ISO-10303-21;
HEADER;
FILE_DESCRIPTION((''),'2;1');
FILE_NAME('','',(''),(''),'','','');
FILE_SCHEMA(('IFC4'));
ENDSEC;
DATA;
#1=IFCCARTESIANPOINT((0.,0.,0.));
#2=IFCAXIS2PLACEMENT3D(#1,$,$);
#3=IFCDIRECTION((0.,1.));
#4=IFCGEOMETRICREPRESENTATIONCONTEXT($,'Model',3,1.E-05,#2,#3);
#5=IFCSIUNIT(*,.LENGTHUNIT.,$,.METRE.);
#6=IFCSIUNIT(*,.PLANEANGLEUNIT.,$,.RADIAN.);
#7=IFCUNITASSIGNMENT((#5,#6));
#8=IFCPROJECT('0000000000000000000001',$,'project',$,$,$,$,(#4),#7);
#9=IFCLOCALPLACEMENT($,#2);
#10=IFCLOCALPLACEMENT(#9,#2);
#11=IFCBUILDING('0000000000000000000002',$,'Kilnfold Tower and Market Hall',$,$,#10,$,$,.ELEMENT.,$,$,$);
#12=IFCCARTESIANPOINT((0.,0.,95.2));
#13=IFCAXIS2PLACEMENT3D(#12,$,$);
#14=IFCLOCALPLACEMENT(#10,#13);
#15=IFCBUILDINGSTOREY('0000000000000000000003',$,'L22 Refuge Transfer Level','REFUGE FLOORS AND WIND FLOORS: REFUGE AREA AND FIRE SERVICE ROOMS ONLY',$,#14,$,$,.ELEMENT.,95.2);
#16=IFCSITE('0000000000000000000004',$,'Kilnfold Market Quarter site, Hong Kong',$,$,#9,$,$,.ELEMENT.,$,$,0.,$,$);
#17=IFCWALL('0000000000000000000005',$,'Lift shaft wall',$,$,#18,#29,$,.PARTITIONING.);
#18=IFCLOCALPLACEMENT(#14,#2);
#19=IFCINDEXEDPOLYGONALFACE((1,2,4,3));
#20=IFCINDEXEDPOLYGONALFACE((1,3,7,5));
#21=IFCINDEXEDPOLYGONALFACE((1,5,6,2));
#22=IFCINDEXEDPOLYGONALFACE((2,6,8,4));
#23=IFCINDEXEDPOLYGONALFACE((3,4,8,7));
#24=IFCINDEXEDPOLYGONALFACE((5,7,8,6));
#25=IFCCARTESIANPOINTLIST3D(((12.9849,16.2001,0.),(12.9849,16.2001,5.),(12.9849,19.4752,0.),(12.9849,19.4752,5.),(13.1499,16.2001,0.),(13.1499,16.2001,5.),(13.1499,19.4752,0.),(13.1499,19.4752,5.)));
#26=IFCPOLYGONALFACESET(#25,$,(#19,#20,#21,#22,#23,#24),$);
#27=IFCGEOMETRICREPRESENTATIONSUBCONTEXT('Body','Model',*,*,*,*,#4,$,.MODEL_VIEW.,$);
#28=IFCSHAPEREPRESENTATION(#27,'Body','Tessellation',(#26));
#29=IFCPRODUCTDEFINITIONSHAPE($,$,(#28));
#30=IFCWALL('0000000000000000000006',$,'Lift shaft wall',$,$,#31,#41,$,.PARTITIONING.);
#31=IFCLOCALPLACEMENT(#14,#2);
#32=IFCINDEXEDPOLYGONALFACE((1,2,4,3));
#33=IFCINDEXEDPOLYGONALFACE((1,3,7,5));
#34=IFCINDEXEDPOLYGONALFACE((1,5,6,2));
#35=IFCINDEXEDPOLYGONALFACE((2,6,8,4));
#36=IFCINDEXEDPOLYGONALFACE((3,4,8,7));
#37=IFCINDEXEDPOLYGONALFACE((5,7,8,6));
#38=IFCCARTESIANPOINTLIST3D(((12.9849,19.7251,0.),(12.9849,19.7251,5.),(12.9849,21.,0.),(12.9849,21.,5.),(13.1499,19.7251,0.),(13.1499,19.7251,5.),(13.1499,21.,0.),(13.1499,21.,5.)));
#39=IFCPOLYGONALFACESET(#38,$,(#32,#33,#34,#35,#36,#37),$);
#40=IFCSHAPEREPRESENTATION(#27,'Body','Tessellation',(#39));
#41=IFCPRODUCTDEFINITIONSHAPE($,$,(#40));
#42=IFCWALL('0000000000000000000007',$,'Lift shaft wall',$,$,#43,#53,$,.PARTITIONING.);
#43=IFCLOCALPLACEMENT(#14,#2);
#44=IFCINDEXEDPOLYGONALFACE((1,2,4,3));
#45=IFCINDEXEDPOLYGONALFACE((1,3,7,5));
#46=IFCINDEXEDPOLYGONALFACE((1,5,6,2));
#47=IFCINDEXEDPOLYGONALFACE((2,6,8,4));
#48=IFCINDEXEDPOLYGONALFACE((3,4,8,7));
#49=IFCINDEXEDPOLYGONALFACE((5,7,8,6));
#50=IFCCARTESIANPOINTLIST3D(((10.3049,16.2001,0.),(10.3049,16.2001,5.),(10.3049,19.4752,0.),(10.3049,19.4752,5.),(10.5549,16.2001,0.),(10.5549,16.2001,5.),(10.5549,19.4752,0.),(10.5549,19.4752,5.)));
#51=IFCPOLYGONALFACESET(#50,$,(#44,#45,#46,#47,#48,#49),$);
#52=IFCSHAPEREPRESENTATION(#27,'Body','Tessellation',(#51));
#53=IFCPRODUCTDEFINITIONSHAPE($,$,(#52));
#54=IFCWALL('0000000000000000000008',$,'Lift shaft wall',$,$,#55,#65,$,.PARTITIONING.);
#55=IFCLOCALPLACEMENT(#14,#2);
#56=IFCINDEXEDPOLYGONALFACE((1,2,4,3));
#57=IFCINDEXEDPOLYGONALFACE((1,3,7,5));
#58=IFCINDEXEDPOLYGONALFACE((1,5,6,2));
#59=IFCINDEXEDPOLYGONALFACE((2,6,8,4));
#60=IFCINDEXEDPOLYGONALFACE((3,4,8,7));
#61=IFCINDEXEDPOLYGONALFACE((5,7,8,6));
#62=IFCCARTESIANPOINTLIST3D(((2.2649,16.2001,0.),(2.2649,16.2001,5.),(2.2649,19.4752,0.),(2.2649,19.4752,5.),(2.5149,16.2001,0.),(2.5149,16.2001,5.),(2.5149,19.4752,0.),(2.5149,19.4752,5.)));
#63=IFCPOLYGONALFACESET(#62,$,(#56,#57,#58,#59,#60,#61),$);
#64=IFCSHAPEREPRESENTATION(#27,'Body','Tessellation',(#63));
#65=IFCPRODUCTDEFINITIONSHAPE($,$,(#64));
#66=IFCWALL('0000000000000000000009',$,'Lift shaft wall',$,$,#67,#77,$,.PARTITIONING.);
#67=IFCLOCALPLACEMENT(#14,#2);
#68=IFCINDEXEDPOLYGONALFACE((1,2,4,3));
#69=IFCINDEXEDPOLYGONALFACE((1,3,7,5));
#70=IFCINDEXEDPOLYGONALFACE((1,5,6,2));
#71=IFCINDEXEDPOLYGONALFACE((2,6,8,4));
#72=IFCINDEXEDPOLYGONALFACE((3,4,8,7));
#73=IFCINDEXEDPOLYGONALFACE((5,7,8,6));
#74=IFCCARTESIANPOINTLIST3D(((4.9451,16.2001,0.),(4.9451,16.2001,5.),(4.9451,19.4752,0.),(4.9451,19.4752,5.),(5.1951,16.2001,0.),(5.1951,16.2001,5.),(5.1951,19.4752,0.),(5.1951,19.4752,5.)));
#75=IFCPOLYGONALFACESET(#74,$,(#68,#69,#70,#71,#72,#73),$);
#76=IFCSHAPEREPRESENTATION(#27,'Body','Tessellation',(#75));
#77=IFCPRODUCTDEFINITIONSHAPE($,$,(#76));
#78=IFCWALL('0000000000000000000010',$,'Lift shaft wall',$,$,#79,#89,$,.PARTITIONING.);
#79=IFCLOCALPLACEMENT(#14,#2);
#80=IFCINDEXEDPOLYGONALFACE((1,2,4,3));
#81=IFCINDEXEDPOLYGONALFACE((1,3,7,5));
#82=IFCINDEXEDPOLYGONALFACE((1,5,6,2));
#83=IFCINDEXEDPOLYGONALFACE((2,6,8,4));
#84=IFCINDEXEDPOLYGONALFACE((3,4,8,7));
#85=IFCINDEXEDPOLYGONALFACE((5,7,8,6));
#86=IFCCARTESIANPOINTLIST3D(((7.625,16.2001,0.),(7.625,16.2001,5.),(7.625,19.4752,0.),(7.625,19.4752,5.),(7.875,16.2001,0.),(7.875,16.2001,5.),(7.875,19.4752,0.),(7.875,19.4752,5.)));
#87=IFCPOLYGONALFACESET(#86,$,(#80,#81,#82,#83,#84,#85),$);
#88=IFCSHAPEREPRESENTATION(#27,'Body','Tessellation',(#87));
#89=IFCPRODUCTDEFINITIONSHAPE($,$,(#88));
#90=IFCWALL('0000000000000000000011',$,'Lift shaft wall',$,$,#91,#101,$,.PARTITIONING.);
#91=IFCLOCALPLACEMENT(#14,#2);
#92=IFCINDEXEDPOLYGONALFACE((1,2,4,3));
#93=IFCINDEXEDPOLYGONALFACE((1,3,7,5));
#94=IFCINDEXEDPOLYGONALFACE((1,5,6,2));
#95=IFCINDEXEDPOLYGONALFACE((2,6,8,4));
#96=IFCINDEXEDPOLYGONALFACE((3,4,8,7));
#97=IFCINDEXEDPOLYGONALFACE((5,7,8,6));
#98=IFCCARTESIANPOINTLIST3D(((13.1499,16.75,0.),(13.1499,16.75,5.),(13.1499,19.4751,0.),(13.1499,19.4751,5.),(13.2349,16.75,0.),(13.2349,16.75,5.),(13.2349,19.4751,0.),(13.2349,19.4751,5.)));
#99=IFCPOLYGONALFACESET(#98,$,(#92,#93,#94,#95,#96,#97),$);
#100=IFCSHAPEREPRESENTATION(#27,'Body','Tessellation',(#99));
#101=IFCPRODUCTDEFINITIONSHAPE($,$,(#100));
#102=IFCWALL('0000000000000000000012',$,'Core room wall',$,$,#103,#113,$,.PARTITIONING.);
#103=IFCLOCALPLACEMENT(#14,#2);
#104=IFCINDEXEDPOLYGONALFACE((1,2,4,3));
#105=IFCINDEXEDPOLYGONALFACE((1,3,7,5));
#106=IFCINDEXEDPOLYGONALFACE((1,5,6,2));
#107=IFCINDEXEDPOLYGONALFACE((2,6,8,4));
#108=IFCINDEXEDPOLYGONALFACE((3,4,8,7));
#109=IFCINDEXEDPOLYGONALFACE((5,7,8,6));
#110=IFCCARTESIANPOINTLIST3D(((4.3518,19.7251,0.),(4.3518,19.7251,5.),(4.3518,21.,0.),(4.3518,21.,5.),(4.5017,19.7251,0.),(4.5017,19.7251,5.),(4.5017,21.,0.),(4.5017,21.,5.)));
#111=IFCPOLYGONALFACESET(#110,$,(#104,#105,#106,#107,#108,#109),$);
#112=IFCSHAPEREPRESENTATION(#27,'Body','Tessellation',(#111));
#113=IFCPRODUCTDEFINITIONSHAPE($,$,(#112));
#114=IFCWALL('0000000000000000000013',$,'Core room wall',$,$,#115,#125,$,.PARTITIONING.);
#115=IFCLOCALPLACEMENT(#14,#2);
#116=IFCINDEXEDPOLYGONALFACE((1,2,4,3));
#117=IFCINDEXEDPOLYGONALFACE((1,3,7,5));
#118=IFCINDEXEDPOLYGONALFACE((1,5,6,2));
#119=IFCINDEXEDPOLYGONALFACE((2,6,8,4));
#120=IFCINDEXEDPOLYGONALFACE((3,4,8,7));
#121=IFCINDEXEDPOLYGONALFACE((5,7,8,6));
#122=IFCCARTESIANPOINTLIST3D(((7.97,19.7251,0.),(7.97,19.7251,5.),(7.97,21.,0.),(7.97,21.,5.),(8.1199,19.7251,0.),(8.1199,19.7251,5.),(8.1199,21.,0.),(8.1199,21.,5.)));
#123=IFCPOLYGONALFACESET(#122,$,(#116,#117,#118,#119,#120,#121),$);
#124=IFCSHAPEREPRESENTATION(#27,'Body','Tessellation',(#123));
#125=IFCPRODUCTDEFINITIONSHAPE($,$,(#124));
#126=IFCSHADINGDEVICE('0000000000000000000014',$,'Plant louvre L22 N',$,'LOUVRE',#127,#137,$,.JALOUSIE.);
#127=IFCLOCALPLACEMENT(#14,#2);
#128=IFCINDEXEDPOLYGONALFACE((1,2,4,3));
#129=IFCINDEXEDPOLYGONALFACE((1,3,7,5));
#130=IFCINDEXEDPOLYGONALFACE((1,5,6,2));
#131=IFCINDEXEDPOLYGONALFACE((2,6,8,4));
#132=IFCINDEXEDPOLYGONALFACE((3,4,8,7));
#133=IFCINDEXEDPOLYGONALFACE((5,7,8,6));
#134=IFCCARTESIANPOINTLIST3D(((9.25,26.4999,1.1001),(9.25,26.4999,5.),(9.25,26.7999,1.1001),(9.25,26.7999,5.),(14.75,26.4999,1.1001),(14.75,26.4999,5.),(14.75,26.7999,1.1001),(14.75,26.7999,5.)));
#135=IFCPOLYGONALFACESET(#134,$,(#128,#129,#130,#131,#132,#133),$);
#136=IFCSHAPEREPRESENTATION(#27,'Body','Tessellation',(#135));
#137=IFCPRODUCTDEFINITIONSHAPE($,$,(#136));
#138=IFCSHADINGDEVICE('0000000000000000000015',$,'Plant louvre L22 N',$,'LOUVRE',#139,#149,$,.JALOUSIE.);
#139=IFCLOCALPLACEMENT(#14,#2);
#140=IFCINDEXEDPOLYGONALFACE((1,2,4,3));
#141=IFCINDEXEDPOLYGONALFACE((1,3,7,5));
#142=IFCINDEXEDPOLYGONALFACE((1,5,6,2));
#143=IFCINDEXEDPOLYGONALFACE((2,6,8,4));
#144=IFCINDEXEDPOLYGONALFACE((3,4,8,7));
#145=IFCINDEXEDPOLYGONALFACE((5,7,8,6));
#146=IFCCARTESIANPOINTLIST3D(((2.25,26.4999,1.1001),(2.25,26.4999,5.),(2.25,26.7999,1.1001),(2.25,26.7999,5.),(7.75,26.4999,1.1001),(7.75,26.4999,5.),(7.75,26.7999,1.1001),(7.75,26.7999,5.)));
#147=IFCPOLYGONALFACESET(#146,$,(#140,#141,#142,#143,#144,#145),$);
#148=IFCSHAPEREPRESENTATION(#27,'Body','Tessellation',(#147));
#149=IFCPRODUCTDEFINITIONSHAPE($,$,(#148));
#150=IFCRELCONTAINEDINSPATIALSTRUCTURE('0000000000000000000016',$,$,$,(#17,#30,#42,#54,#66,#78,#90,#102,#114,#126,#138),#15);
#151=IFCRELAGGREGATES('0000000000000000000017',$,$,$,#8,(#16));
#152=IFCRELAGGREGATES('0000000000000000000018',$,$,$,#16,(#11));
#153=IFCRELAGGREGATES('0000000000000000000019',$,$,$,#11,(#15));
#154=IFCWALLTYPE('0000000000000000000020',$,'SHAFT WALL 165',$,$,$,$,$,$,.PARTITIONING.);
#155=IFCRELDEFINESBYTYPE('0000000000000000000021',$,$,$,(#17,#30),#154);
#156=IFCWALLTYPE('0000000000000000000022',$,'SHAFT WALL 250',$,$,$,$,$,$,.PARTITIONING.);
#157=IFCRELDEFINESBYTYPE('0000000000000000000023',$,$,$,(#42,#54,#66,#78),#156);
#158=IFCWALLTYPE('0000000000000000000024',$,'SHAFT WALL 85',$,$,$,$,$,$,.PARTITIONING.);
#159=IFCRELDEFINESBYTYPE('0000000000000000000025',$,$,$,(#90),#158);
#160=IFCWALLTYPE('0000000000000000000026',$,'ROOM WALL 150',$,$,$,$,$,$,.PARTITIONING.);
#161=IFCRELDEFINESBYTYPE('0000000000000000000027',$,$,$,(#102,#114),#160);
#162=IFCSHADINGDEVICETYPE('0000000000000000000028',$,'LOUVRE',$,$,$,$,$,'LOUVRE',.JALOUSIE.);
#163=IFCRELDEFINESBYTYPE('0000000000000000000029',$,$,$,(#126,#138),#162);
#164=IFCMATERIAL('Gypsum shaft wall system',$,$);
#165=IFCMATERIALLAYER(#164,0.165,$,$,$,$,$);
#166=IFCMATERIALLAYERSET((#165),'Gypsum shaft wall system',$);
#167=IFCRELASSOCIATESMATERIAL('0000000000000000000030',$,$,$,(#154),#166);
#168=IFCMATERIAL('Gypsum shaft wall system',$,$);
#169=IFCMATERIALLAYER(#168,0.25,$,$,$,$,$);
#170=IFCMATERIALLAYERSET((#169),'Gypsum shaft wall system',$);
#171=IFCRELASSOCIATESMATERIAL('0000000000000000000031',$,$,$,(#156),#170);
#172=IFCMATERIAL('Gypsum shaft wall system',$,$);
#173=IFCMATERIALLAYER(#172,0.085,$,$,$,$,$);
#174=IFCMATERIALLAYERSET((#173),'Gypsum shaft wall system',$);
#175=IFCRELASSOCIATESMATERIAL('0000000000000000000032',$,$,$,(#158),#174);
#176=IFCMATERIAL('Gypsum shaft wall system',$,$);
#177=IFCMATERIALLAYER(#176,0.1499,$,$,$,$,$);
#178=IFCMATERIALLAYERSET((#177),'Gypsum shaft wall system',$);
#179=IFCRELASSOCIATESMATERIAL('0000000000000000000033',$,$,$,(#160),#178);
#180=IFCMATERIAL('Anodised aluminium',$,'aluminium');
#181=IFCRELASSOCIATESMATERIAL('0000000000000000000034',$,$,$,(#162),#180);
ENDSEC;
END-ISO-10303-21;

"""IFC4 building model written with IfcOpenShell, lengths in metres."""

from ifc_helpers import new_model, si_unit, direction, frame, frame_2d, origin, origin_2d, place, context, subcontext, project, spatial, rectangle, extrude, source, transform, mapped, material, layer, layer_set, type_object, element, save


model = new_model("IFC4")

# Units and contexts
model_context = context("Model", 3, precision=1e-05, world=origin(), true_north=direction((0.0, 1.0)))
body_context = subcontext(model_context, "Body", "Model", "MODEL_VIEW")
ifc_project = project(units=[si_unit("LENGTHUNIT", "METRE"), si_unit("PLANEANGLEUNIT", "RADIAN")], contexts=[model_context])

# Site, building, storey
site_placement = place(None, origin())
site = spatial("IfcSite", under=ifc_project, at=site_placement, Name="Kilnfold Market Quarter site, Hong Kong", CompositionType="ELEMENT", RefElevation=0.0)
building_placement = place(site_placement, origin())
building = spatial("IfcBuilding", under=site, at=building_placement, Name="Kilnfold Tower and Market Hall", CompositionType="ELEMENT")
storey_placement = place(building_placement, frame((0.0, 0.0, 95.2)))
storey = spatial("IfcBuildingStorey", under=building, at=storey_placement, Name="L22 Refuge Transfer Level", Description="REFUGE FLOORS AND WIND FLOORS: REFUGE AREA AND FIRE SERVICE ROOMS ONLY", CompositionType="ELEMENT", Elevation=95.2)

# Walls
ifc_material_1 = material(Name="Gypsum shaft wall system")
ifc_layer_1 = layer(ifc_material_1, 0.165)
ifc_layer_set_1 = layer_set([ifc_layer_1], Name="Gypsum shaft wall system")
wall_type_1 = type_object("IfcWallType", Name="SHAFT WALL 165", PredefinedType="PARTITIONING", material=ifc_layer_set_1)
shared_shape_1 = source(origin(), body_context, "Body", "SweptSolid", [
    extrude(rectangle(XDim=3.2751, YDim=0.165, at=frame_2d((1.6377, 0.0))), origin(), (0.0, 0.0, 1.0), 5.0),
])
wall_1_placement = place(storey_placement, frame((13.0674, 16.2, 0.0), z_axis=(0.0, 0.0, 1.0), x_axis=(0.0, 1.0, 0.0)))
element("IfcWall", 1, at=wall_1_placement, inside=storey, type_object=wall_type_1, Name="Lift shaft wall", PredefinedType="PARTITIONING", context=body_context, shape_type="MappedRepresentation", body=[
    mapped(shared_shape_1, transform((0.0, 0.0, 0.0))),
])
shared_shape_2 = source(origin(), body_context, "Body", "SweptSolid", [
    extrude(rectangle(XDim=1.2749, YDim=0.165, at=frame_2d((0.6375, 0.0))), origin(), (0.0, 0.0, 1.0), 5.0),
])
wall_2_placement = place(storey_placement, frame((13.0674, 19.7251, 0.0), z_axis=(0.0, 0.0, 1.0), x_axis=(0.0, 1.0, 0.0)))
element("IfcWall", 2, at=wall_2_placement, inside=storey, type_object=wall_type_1, Name="Lift shaft wall", PredefinedType="PARTITIONING", context=body_context, shape_type="MappedRepresentation", body=[
    mapped(shared_shape_2, transform((0.0, 0.0, 0.0))),
])
ifc_material_2 = material(Name="Gypsum shaft wall system")
ifc_layer_2 = layer(ifc_material_2, 0.25)
ifc_layer_set_2 = layer_set([ifc_layer_2], Name="Gypsum shaft wall system")
wall_type_2 = type_object("IfcWallType", Name="SHAFT WALL 250", PredefinedType="PARTITIONING", material=ifc_layer_set_2)
shared_shape_3 = source(origin(), body_context, "Body", "SweptSolid", [
    extrude(rectangle(XDim=3.2751, YDim=0.25, at=frame_2d((1.6377, 0.0))), origin(), (0.0, 0.0, 1.0), 5.0),
])
for number, where, z_axis, x_axis, name in (
    (3, (10.4299, 16.2, 0.0), (0.0, 0.0, 1.0), (0.0, 1.0, 0.0), "Lift shaft wall"),
    (4, (2.3899, 16.2, 0.0), (0.0, 0.0, 1.0), (0.0, 1.0, 0.0), "Lift shaft wall"),
    (5, (5.0701, 16.2, 0.0), (0.0, 0.0, 1.0), (0.0, 1.0, 0.0), "Lift shaft wall"),
    (6, (7.75, 16.2, 0.0), (0.0, 0.0, 1.0), (0.0, 1.0, 0.0), "Lift shaft wall"),
):
    element("IfcWall", number, at=place(storey_placement, frame(where, z_axis=z_axis, x_axis=x_axis)), inside=storey, type_object=wall_type_2, Name=name, PredefinedType="PARTITIONING", context=body_context, shape_type="MappedRepresentation", body=[
        mapped(shared_shape_3, transform((0.0, 0.0, 0.0))),
    ])
ifc_material_3 = material(Name="Gypsum shaft wall system")
ifc_layer_3 = layer(ifc_material_3, 0.085)
ifc_layer_set_3 = layer_set([ifc_layer_3], Name="Gypsum shaft wall system")
wall_type_3 = type_object("IfcWallType", Name="SHAFT WALL 85", PredefinedType="PARTITIONING", material=ifc_layer_set_3)
shared_shape_4 = source(origin(), body_context, "Body", "SweptSolid", [
    extrude(rectangle(XDim=2.7251, YDim=0.085, at=frame_2d((1.3625, 0.0))), origin(), (0.0, 0.0, 1.0), 5.0),
])
wall_3_placement = place(storey_placement, frame((13.1924, 16.75, 0.0), z_axis=(0.0, 0.0, 1.0), x_axis=(0.0, 1.0, 0.0)))
element("IfcWall", 7, at=wall_3_placement, inside=storey, type_object=wall_type_3, Name="Lift shaft wall", PredefinedType="PARTITIONING", context=body_context, shape_type="MappedRepresentation", body=[
    mapped(shared_shape_4, transform((0.0, 0.0, 0.0))),
])
ifc_material_4 = material(Name="Gypsum shaft wall system")
ifc_layer_4 = layer(ifc_material_4, 0.1499)
ifc_layer_set_4 = layer_set([ifc_layer_4], Name="Gypsum shaft wall system")
wall_type_4 = type_object("IfcWallType", Name="ROOM WALL 150", PredefinedType="PARTITIONING", material=ifc_layer_set_4)
shared_shape_5 = source(origin(), body_context, "Body", "SweptSolid", [
    extrude(rectangle(XDim=1.2749, YDim=0.1499, at=frame_2d((0.6375, 0.0))), origin(), (0.0, 0.0, 1.0), 5.0),
])
for number, where, z_axis, x_axis, name in (
    (8, (4.4268, 19.7251, 0.0), (0.0, 0.0, 1.0), (0.0, 1.0, 0.0), "Core room wall"),
    (9, (8.0449, 19.7251, 0.0), (0.0, 0.0, 1.0), (0.0, 1.0, 0.0), "Core room wall"),
):
    element("IfcWall", number, at=place(storey_placement, frame(where, z_axis=z_axis, x_axis=x_axis)), inside=storey, type_object=wall_type_4, Name=name, PredefinedType="PARTITIONING", context=body_context, shape_type="MappedRepresentation", body=[
        mapped(shared_shape_5, transform((0.0, 0.0, 0.0))),
    ])

# Shading devices
ifc_material_5 = material(Name="Anodised aluminium", Category="aluminium")
shading_device_type = type_object("IfcShadingDeviceType", Name="LOUVRE", ElementType="LOUVRE", PredefinedType="JALOUSIE", material=ifc_material_5)
shared_shape_6 = source(origin(), body_context, "Body", "SweptSolid", [
    extrude(rectangle(XDim=5.5, YDim=0.3, at=origin_2d()), origin(), (0.0, 0.0, 1.0), 3.8999),
])
for number, where, z_axis, x_axis, name in (
    (10, (12.0, 26.6499, 1.1001), (0.0, 0.0, 1.0), (-1.0, 0.0, 0.0), "Plant louvre L22 N"),
    (11, (5.0, 26.6499, 1.1001), (0.0, 0.0, 1.0), (-1.0, 0.0, 0.0), "Plant louvre L22 N"),
):
    element("IfcShadingDevice", number, at=place(storey_placement, frame(where, z_axis=z_axis, x_axis=x_axis)), inside=storey, type_object=shading_device_type, Name=name, ObjectType="LOUVRE", PredefinedType="JALOUSIE", context=body_context, shape_type="MappedRepresentation", body=[
        mapped(shared_shape_6, transform((0.0, 0.0, 0.0))),
    ])

save(model, "model.ifc")
